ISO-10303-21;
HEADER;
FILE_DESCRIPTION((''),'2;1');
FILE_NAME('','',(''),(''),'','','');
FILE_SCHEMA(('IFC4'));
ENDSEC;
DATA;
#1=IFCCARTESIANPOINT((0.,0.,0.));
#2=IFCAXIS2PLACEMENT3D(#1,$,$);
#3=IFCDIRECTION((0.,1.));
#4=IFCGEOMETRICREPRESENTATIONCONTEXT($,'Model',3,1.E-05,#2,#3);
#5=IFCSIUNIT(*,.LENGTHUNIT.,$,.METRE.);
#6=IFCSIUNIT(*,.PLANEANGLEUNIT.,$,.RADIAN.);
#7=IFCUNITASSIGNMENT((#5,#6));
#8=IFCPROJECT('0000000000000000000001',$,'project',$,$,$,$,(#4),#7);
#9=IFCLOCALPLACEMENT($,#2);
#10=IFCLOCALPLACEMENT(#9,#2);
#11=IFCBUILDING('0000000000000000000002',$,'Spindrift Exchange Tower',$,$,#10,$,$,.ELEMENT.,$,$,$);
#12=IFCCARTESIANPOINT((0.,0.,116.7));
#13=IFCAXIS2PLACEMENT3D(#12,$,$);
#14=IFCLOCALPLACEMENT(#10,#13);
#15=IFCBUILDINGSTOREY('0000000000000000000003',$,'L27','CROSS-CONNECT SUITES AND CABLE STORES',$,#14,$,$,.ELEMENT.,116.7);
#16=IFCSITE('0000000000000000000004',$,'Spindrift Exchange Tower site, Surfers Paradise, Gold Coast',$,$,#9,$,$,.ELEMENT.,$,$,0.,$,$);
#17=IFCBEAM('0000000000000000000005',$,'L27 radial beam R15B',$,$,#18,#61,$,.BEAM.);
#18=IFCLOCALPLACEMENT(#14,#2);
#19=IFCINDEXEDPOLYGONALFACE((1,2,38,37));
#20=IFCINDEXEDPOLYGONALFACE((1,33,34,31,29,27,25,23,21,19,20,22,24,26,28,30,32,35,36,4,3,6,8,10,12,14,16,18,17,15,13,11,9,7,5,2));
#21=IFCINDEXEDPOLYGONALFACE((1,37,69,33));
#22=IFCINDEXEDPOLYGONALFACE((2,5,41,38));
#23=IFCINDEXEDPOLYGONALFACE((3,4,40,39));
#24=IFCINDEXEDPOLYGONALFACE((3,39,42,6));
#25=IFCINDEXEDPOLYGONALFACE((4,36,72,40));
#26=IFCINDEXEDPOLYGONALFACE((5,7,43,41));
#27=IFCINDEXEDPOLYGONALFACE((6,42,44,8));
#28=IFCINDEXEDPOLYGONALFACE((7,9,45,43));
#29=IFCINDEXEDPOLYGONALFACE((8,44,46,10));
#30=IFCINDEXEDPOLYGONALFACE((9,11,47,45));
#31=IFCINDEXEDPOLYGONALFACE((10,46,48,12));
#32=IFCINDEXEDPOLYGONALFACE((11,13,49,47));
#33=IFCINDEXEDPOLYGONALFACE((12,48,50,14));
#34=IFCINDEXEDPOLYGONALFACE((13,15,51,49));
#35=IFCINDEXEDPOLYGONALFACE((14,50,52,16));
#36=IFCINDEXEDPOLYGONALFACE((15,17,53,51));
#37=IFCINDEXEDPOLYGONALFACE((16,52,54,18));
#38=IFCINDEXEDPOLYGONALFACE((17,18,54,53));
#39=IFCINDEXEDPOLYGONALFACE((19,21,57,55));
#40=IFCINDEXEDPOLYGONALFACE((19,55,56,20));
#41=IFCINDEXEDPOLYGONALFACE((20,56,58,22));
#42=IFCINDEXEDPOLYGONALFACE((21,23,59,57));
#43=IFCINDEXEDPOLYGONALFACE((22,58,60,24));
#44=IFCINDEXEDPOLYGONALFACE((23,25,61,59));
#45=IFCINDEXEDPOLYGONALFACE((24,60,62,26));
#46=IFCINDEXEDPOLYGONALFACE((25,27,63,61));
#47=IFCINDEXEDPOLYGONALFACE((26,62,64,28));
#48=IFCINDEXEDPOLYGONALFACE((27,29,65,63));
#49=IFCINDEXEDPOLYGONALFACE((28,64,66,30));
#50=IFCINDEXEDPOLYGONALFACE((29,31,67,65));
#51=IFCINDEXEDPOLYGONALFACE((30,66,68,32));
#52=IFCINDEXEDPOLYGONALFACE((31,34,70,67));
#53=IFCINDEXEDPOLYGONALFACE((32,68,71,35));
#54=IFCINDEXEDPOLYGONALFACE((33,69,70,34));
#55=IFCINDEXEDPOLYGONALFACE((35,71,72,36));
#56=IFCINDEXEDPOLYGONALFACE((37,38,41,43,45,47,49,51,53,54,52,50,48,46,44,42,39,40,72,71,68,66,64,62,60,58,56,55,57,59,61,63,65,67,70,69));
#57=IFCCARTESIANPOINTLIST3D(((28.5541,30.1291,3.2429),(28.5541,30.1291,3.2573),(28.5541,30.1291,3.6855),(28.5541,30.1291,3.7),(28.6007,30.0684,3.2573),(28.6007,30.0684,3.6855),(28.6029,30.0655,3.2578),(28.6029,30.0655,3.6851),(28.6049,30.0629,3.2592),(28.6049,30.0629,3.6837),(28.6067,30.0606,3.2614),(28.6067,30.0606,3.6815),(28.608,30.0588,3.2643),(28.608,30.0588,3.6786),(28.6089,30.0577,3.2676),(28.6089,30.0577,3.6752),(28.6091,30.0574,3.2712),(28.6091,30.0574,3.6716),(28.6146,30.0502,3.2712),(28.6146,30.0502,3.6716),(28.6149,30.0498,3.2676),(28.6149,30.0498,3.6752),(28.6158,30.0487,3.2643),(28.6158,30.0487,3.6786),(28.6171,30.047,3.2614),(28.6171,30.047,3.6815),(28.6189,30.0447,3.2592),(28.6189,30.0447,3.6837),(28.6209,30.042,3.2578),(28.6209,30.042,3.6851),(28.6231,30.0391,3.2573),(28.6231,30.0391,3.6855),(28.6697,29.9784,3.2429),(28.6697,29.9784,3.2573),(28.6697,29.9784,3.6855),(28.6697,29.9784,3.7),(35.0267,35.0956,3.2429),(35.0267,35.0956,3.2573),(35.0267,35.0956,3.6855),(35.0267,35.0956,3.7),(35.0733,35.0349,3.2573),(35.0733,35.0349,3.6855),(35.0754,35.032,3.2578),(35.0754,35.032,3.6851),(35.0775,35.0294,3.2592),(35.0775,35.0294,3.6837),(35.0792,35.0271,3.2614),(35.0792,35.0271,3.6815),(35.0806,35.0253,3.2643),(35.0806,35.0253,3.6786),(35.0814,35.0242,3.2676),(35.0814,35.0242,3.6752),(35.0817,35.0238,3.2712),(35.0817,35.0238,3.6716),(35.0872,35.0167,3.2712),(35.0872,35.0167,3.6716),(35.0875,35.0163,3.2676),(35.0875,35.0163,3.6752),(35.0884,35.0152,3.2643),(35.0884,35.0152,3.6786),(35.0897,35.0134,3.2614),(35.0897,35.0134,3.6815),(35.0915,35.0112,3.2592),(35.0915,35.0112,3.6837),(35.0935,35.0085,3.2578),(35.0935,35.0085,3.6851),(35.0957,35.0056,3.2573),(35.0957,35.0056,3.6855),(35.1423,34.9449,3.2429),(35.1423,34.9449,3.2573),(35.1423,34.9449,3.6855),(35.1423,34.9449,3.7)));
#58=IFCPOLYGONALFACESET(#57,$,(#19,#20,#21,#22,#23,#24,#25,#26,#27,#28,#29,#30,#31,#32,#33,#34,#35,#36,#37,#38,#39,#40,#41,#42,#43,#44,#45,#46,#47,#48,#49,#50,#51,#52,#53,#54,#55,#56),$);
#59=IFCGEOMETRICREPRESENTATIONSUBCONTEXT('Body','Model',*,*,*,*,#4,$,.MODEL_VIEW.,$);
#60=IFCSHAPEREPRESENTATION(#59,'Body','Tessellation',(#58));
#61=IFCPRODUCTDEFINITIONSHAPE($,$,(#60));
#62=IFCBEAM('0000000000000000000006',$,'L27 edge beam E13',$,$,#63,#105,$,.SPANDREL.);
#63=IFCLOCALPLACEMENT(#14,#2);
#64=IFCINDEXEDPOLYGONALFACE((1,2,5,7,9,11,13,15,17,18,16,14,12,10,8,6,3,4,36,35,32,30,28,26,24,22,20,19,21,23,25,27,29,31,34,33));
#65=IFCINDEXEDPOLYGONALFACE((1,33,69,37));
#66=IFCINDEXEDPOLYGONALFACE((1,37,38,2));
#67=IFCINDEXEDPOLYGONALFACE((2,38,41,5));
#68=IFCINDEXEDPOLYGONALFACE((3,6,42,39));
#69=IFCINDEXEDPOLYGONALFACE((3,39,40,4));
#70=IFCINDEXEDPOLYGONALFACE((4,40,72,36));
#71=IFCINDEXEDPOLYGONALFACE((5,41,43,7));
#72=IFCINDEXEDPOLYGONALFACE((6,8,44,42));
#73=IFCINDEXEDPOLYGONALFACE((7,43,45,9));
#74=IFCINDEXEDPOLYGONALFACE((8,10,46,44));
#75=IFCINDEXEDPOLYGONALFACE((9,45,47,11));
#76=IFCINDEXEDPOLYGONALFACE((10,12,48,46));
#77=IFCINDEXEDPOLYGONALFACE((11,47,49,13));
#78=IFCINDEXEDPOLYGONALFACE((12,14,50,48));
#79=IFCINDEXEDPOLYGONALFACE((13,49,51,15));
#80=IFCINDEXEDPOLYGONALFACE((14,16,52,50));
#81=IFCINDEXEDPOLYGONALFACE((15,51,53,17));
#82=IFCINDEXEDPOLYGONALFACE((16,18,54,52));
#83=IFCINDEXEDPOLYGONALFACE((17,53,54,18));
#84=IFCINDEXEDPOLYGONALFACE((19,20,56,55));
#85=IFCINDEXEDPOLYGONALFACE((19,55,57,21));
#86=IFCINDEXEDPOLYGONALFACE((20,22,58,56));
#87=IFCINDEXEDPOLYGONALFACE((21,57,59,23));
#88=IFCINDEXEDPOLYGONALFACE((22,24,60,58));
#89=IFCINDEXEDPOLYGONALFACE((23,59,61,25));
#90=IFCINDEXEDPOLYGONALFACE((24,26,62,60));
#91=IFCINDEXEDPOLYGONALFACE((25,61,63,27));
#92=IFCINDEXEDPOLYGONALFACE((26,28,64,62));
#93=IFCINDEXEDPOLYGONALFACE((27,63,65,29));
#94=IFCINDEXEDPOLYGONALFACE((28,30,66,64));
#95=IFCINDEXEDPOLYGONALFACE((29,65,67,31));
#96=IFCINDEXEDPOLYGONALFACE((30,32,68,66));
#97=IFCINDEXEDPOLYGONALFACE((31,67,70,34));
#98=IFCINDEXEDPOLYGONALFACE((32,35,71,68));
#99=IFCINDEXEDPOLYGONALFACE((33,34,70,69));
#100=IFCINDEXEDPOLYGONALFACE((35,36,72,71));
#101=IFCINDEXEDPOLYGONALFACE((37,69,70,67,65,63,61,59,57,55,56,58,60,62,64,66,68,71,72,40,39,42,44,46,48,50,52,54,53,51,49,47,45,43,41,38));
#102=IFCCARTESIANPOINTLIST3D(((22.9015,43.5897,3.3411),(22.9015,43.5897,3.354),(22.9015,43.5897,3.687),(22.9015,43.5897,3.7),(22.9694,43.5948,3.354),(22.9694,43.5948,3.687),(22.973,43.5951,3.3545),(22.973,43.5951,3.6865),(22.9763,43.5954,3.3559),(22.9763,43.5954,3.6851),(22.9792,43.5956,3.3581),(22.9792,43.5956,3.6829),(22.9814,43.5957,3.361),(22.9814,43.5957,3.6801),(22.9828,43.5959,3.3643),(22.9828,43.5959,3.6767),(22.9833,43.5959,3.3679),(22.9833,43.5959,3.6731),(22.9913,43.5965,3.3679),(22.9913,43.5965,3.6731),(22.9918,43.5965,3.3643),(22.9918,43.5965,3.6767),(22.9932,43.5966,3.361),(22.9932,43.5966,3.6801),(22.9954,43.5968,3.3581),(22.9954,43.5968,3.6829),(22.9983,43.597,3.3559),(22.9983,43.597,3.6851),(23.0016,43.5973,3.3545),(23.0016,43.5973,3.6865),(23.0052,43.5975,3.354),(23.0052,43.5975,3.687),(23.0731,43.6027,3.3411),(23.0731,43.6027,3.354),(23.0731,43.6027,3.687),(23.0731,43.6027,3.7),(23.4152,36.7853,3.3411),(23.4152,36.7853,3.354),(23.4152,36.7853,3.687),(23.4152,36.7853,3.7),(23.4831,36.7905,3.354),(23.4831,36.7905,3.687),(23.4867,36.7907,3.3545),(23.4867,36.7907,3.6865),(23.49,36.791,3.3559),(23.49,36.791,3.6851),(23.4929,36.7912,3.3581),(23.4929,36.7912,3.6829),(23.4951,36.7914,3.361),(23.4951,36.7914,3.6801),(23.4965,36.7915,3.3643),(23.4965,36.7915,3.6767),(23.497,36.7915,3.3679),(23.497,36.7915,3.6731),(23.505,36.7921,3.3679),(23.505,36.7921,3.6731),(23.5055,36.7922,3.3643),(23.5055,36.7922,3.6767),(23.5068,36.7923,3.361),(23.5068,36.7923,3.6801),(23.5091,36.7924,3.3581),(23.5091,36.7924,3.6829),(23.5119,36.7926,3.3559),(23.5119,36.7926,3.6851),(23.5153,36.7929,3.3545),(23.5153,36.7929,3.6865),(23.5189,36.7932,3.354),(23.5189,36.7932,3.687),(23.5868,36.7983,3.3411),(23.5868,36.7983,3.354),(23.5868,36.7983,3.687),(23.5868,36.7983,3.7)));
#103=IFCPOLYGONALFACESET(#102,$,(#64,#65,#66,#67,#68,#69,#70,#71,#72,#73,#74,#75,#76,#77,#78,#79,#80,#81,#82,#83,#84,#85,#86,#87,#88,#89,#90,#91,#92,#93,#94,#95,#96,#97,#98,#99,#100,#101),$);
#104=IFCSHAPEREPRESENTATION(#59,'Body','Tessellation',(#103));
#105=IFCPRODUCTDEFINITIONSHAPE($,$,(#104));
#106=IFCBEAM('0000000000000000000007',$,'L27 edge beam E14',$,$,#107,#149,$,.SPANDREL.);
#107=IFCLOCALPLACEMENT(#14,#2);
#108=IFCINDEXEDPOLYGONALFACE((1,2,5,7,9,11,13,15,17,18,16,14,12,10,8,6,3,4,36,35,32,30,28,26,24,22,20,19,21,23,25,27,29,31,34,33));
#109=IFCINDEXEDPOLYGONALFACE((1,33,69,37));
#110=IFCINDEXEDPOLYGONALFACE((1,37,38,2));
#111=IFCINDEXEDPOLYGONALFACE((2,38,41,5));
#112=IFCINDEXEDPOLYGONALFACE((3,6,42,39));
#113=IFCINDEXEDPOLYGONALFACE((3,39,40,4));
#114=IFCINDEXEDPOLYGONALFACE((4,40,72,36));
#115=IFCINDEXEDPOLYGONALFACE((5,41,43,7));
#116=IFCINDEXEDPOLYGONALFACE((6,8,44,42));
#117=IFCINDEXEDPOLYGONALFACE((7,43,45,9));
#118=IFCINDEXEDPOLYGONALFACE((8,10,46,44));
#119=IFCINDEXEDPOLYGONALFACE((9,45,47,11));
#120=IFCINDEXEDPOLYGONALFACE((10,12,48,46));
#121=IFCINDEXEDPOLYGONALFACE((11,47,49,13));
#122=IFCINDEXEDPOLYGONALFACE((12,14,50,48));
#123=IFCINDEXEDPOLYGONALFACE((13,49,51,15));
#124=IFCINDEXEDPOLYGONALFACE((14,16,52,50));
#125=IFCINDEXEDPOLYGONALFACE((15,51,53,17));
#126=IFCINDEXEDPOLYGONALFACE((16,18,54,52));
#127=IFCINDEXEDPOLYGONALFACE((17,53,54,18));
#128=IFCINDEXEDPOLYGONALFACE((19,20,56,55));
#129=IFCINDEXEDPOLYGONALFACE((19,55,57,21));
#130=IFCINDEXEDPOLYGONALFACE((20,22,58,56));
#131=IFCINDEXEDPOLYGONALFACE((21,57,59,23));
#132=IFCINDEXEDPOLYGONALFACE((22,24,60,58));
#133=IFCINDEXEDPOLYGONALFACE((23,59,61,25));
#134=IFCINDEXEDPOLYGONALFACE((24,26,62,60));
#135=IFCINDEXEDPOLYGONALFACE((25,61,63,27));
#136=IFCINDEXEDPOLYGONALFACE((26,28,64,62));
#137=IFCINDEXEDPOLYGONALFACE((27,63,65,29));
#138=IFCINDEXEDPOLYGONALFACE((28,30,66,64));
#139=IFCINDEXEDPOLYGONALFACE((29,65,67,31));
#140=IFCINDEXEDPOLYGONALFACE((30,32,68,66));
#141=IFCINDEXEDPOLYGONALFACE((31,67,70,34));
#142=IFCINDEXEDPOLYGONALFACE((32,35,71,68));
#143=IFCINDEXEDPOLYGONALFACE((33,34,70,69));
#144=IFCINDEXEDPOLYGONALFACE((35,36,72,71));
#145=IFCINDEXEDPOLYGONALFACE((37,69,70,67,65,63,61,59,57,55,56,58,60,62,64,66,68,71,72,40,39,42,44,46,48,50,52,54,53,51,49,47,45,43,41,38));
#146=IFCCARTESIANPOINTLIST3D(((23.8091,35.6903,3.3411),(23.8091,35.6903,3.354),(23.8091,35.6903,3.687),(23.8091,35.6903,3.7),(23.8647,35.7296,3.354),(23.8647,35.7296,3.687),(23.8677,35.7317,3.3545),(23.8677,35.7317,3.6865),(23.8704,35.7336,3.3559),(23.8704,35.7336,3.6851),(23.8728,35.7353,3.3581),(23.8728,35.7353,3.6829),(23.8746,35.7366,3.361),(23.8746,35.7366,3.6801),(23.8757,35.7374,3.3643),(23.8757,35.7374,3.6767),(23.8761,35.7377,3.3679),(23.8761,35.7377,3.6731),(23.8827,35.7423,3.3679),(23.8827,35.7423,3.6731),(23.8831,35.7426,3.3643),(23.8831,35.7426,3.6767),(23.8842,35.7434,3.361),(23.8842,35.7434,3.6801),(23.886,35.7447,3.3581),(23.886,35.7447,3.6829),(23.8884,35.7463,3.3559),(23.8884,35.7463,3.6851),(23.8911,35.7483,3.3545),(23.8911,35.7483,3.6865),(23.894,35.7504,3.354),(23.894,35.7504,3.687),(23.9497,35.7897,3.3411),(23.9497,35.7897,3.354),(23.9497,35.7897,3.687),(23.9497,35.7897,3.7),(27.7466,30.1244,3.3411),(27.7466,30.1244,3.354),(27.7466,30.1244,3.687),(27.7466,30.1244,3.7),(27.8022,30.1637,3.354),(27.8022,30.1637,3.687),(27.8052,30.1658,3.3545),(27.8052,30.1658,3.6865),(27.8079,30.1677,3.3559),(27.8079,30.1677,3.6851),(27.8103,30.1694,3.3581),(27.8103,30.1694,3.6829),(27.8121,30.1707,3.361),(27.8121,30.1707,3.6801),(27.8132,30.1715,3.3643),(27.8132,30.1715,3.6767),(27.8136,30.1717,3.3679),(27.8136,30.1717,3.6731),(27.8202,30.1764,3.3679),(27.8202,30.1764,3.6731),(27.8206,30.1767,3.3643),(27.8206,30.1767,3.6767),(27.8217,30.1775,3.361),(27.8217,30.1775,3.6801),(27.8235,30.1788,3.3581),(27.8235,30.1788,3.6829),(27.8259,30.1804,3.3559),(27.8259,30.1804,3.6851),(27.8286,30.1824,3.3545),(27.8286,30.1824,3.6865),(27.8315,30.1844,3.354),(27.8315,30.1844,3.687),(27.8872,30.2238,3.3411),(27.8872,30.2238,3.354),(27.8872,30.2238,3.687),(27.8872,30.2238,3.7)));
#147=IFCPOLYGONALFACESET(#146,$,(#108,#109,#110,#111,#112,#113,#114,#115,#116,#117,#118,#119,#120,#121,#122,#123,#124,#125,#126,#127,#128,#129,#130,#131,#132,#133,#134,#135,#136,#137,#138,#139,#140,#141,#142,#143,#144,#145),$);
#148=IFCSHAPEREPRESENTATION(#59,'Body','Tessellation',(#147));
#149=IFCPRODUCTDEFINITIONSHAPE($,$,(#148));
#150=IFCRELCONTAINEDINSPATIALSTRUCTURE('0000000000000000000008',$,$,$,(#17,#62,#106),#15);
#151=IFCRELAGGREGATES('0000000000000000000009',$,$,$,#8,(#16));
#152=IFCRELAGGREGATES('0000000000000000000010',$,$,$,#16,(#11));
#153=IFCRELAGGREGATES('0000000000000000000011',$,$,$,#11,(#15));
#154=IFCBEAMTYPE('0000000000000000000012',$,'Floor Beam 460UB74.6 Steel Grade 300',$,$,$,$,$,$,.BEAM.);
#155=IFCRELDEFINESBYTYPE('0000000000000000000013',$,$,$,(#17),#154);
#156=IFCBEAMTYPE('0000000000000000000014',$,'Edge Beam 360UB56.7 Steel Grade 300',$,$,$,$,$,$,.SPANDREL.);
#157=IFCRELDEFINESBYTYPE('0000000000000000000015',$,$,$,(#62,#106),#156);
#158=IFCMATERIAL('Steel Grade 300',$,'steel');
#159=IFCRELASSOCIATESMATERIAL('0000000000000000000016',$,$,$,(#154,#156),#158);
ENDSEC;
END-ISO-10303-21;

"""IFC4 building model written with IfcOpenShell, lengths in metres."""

from ifc_helpers import new_model, si_unit, direction, frame, origin, origin_2d, place, context, subcontext, project, spatial, i_section, extrude, source, transform, mapped, material, material_profile, profile_set, type_object, element, save


model = new_model("IFC4")

# Units and contexts
model_context = context("Model", 3, precision=1e-05, world=origin(), true_north=direction((0.0, 1.0)))
body_context = subcontext(model_context, "Body", "Model", "MODEL_VIEW")
ifc_project = project(units=[si_unit("LENGTHUNIT", "METRE"), si_unit("PLANEANGLEUNIT", "RADIAN")], contexts=[model_context])

# Site, building, storey
site_placement = place(None, origin())
site = spatial("IfcSite", under=ifc_project, at=site_placement, Name="Spindrift Exchange Tower site, Surfers Paradise, Gold Coast", CompositionType="ELEMENT", RefElevation=0.0)
building_placement = place(site_placement, origin())
building = spatial("IfcBuilding", under=site, at=building_placement, Name="Spindrift Exchange Tower", CompositionType="ELEMENT")
storey_placement = place(building_placement, frame((0.0, 0.0, 116.7)))
storey = spatial("IfcBuildingStorey", under=building, at=storey_placement, Name="L27", Description="CROSS-CONNECT SUITES AND CABLE STORES", CompositionType="ELEMENT", Elevation=116.7)

# Beams
ifc_material_1 = material(Name="Steel Grade 300", Category="steel")
ifc_material_profile_1 = material_profile(ifc_material_1, i_section(OverallWidth=0.1899, OverallDepth=0.457, WebThickness=0.009, FlangeThickness=0.0144, FilletRadius=0.0139, at=origin_2d()), Name="460UB74.6")
ifc_profile_set_1 = profile_set([ifc_material_profile_1], Name="Steel Grade 300")
beam_type_1 = type_object("IfcBeamType", Name="Floor Beam 460UB74.6 Steel Grade 300", PredefinedType="BEAM", material=ifc_profile_set_1)
shared_shape_1 = source(origin(), body_context, "Body", "SweptSolid", [
    extrude(i_section(OverallWidth=0.1899, OverallDepth=0.457, WebThickness=0.009, FlangeThickness=0.0144, FilletRadius=0.0139, at=origin_2d()), origin(), (0.0, 0.0, 1.0), 8.1584),
])
beam_1_placement = place(storey_placement, frame((35.0845, 35.0203, 3.4714), z_axis=(-0.793359, -0.608754, 0.0), x_axis=(0.608754, -0.793359, 0.0)))
element("IfcBeam", 1, at=beam_1_placement, inside=storey, type_object=beam_type_1, Name="L27 radial beam R15B", PredefinedType="BEAM", context=body_context, shape_type="MappedRepresentation", body=[
    mapped(shared_shape_1, transform((0.0, 0.0, 0.0), scale=1.0)),
])
ifc_material_profile_2 = material_profile(ifc_material_1, i_section(OverallWidth=0.1721, OverallDepth=0.3589, WebThickness=0.0081, FlangeThickness=0.0129, FilletRadius=0.0139, at=origin_2d()), Name="360UB56.7")
ifc_profile_set_2 = profile_set([ifc_material_profile_2], Name="Steel Grade 300")
beam_type_2 = type_object("IfcBeamType", Name="Edge Beam 360UB56.7 Steel Grade 300", PredefinedType="SPANDREL", material=ifc_profile_set_2)
shared_shape_2 = source(origin(), body_context, "Body", "SweptSolid", [
    extrude(i_section(OverallWidth=0.1721, OverallDepth=0.3589, WebThickness=0.0081, FlangeThickness=0.0129, FilletRadius=0.0139, at=origin_2d()), origin(), (0.0, 0.0, 1.0), 6.8237),
])
beam_2_placement = place(storey_placement, frame((22.9873, 43.5962, 3.5205), z_axis=(0.075276, -0.997163, 0.0), x_axis=(0.997163, 0.075276, 0.0)))
element("IfcBeam", 2, at=beam_2_placement, inside=storey, type_object=beam_type_2, Name="L27 edge beam E13", PredefinedType="SPANDREL", context=body_context, shape_type="MappedRepresentation", body=[
    mapped(shared_shape_2, transform((0.0, 0.0, 0.0), scale=1.0)),
])
shared_shape_3 = source(origin(), body_context, "Body", "SweptSolid", [
    extrude(i_section(OverallWidth=0.1721, OverallDepth=0.3589, WebThickness=0.0081, FlangeThickness=0.0129, FilletRadius=0.0139, at=origin_2d()), origin(), (0.0, 0.0, 1.0), 6.8179),
])
beam_3_placement = place(storey_placement, frame((23.8794, 35.74, 3.5205), z_axis=(0.577526, -0.816372, 0.0), x_axis=(0.816372, 0.577526, 0.0)))
element("IfcBeam", 3, at=beam_3_placement, inside=storey, type_object=beam_type_2, Name="L27 edge beam E14", PredefinedType="SPANDREL", context=body_context, shape_type="MappedRepresentation", body=[
    mapped(shared_shape_3, transform((0.0, 0.0, 0.0), scale=1.0)),
])

save(model, "model.ifc")
